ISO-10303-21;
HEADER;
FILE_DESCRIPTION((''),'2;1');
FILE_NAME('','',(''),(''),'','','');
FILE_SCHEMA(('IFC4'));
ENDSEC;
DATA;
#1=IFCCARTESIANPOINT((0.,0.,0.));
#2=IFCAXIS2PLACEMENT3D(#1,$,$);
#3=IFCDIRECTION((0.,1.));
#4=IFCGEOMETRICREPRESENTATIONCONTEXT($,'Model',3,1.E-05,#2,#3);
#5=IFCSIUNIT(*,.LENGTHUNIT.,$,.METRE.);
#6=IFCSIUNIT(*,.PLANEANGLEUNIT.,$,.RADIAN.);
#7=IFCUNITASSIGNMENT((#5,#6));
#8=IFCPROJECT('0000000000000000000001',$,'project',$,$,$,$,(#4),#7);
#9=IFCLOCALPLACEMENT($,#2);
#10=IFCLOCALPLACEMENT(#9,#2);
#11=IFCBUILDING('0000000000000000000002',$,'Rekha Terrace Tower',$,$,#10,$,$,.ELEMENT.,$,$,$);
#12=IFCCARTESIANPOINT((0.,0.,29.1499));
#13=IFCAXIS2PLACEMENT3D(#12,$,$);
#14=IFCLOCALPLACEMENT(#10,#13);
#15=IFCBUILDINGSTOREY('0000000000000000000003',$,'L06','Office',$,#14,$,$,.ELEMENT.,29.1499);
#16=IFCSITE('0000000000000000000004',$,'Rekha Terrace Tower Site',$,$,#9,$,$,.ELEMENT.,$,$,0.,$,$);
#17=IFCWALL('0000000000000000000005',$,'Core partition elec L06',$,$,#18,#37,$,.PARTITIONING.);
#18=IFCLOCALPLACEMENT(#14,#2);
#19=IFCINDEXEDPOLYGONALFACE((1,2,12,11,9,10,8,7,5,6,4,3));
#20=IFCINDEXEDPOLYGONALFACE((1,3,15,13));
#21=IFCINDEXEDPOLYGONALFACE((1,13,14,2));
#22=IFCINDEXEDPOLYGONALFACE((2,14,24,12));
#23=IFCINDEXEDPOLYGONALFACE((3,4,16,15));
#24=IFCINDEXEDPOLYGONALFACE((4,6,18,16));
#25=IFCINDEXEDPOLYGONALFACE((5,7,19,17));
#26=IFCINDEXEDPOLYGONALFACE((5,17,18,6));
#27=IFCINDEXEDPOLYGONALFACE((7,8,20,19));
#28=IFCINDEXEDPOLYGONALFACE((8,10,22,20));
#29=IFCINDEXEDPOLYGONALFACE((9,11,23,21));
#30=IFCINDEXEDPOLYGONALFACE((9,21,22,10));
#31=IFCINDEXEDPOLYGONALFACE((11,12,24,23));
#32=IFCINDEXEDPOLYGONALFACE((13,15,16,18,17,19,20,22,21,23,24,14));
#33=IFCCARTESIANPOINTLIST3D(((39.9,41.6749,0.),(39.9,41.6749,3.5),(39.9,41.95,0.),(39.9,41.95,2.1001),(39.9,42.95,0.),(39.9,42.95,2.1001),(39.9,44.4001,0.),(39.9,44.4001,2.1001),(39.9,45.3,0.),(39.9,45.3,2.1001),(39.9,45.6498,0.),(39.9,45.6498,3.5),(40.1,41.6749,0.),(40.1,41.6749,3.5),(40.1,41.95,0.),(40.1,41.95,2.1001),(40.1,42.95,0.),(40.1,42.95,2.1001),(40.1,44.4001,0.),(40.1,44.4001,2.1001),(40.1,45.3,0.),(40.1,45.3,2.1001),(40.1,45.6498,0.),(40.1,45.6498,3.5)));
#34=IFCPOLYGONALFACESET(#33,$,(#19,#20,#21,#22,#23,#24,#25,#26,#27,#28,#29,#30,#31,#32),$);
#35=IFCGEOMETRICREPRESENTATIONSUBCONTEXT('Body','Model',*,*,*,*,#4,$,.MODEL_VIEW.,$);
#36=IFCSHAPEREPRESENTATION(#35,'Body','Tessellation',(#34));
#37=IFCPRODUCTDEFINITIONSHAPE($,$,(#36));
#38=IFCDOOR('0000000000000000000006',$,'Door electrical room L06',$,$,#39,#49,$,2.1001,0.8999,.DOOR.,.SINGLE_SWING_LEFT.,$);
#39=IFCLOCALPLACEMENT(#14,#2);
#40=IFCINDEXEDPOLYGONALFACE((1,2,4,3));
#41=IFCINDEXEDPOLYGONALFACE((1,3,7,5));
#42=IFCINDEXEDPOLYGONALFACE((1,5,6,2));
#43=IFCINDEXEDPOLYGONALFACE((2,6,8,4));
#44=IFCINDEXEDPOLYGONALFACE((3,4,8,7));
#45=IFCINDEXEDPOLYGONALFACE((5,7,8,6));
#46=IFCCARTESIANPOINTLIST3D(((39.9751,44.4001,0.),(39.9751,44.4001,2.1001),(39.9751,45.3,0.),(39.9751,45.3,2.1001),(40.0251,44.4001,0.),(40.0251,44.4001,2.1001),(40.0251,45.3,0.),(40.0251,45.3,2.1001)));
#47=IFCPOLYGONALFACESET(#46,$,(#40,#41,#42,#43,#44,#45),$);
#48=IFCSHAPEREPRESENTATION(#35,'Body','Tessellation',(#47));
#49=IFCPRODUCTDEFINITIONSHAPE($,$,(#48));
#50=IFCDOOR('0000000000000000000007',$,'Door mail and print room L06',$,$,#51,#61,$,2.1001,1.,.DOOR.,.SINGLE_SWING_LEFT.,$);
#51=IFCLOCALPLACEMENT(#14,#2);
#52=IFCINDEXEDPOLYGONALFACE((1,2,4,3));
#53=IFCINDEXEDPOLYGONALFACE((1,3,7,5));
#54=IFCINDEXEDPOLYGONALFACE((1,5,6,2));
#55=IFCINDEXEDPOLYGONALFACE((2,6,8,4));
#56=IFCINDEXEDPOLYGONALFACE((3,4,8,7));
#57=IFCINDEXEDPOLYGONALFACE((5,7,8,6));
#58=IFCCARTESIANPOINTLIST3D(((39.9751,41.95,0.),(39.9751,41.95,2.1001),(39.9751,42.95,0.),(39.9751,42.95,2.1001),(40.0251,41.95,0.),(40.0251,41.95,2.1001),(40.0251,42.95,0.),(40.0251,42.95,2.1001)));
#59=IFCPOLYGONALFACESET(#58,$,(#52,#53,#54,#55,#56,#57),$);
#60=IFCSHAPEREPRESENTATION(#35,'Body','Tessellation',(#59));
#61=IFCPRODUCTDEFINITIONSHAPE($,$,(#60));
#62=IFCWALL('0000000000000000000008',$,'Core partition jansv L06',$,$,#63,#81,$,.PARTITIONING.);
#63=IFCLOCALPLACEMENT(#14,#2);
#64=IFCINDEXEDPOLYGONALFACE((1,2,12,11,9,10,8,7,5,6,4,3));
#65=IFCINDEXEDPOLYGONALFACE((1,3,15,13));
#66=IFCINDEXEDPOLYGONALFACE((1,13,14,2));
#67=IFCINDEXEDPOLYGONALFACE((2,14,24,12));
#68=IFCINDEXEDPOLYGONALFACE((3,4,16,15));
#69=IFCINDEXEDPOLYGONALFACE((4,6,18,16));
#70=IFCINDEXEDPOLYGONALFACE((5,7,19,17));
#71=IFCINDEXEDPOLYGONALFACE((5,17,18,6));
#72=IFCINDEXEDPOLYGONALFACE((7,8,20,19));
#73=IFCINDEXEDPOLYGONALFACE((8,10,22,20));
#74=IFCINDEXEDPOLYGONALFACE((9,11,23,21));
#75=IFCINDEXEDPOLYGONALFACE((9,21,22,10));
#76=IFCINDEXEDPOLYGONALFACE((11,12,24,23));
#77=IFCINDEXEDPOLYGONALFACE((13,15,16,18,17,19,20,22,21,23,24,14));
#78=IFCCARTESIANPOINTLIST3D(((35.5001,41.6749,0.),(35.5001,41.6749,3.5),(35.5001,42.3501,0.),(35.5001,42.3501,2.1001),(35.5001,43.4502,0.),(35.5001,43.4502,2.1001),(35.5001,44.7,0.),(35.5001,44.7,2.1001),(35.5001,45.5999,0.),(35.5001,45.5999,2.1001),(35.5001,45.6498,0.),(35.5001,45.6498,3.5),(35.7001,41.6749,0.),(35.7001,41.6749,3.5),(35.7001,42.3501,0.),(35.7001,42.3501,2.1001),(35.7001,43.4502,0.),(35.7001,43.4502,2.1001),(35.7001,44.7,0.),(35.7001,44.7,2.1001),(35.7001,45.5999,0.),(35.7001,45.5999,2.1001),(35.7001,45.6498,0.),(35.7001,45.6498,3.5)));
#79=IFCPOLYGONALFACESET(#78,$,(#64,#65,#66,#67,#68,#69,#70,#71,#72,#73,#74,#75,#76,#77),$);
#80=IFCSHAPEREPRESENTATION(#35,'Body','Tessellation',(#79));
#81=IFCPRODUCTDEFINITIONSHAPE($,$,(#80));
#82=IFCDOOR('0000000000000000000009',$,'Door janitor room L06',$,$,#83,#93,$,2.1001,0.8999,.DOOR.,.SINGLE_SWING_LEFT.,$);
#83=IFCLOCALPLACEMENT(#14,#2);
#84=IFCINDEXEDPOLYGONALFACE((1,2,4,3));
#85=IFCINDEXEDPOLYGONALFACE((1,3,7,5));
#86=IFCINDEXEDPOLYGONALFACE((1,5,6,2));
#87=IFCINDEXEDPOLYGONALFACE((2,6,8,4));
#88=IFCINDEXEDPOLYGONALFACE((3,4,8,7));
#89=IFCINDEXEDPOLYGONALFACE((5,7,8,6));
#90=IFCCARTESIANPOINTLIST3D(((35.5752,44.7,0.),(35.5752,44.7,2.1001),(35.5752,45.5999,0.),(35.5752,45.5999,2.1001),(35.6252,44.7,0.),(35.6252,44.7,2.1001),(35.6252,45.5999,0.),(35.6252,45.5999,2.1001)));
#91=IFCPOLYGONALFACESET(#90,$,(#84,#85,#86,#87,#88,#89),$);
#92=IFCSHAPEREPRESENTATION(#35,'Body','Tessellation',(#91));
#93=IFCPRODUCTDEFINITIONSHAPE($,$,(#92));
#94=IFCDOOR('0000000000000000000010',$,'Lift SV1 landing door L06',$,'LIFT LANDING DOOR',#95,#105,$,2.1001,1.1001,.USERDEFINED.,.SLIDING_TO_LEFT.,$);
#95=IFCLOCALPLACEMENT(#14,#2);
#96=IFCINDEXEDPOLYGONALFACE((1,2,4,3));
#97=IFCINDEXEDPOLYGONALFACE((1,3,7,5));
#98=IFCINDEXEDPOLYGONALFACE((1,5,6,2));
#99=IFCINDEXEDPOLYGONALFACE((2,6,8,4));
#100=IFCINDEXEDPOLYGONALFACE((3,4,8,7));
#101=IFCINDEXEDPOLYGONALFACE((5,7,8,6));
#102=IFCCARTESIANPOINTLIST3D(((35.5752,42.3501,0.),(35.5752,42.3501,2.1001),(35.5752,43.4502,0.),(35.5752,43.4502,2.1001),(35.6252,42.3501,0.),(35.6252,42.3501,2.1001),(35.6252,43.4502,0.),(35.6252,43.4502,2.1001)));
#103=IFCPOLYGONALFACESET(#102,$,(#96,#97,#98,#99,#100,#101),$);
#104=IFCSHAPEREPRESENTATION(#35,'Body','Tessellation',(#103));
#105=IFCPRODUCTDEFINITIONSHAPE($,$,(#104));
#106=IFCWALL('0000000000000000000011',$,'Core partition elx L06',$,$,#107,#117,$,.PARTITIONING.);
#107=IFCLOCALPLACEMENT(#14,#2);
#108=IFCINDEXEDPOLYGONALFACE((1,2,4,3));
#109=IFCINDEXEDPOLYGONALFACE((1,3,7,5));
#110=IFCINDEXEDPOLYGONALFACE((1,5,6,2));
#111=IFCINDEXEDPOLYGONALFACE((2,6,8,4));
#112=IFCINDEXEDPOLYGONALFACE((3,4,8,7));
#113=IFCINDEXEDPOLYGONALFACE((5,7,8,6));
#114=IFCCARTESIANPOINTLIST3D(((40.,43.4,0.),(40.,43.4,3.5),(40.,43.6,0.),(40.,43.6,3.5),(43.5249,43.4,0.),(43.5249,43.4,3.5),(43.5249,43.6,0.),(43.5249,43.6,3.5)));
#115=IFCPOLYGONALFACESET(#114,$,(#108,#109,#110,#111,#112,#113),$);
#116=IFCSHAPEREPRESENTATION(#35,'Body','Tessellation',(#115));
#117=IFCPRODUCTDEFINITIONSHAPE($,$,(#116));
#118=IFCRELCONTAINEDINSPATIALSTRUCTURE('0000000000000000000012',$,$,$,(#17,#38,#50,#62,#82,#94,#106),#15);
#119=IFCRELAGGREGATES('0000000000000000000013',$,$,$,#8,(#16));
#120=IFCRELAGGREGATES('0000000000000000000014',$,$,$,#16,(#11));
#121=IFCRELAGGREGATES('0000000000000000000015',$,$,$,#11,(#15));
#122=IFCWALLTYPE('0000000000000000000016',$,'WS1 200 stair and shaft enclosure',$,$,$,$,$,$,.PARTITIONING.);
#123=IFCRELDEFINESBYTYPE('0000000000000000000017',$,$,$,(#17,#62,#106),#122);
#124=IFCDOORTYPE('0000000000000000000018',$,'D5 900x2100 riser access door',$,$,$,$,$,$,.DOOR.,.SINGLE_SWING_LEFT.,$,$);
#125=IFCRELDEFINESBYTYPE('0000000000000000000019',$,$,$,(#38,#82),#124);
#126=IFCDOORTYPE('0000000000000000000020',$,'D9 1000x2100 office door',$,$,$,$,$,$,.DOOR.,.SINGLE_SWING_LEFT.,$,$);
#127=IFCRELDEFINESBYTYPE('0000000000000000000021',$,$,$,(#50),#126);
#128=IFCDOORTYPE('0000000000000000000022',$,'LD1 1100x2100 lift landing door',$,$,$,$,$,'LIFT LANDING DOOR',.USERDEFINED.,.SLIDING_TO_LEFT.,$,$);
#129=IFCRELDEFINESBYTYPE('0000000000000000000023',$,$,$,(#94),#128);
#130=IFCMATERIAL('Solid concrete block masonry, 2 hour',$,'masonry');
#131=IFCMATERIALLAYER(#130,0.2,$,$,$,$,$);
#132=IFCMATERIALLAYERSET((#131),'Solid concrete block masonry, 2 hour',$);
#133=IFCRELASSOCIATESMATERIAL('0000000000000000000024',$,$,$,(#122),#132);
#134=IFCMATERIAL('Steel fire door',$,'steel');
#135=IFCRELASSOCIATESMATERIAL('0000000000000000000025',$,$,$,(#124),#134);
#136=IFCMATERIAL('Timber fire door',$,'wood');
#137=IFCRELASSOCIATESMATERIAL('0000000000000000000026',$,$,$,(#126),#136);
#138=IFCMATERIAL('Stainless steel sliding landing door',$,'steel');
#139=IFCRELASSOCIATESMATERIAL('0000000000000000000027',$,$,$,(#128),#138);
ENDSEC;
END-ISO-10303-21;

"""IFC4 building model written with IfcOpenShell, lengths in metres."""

from ifc_helpers import new_model, si_unit, direction, frame, frame_2d, origin, place, context, subcontext, project, spatial, rectangle, extrude, material, layer, layer_set, type_object, element, fill, save


model = new_model("IFC4")

# Units and contexts
model_context = context("Model", 3, precision=1e-05, world=origin(), true_north=direction((0.0, 1.0)))
body_context = subcontext(model_context, "Body", "Model", "MODEL_VIEW")
ifc_project = project(units=[si_unit("LENGTHUNIT", "METRE"), si_unit("PLANEANGLEUNIT", "RADIAN")], contexts=[model_context])

# Site, building, storey
site_placement = place(None, origin())
site = spatial("IfcSite", under=ifc_project, at=site_placement, Name="Rekha Terrace Tower Site", CompositionType="ELEMENT", RefElevation=0.0)
building_placement = place(site_placement, origin())
building = spatial("IfcBuilding", under=site, at=building_placement, Name="Rekha Terrace Tower", CompositionType="ELEMENT")
storey_placement = place(building_placement, frame((0.0, 0.0, 29.1499)))
storey = spatial("IfcBuildingStorey", under=building, at=storey_placement, Name="L06", Description="Office", CompositionType="ELEMENT", Elevation=29.1499)

# Shared definitions
ifc_material_1 = material(Name="Stainless steel sliding landing door", Category="steel")
ifc_material_2 = material(Name="Steel fire door", Category="steel")

# Shared definitions
ifc_material_3 = material(Name="Solid concrete block masonry, 2 hour", Category="masonry")
ifc_layer_1 = layer(ifc_material_3, 0.2)
ifc_layer_set_1 = layer_set([ifc_layer_1], Name="Solid concrete block masonry, 2 hour")
wall_type_1 = type_object("IfcWallType", Name="WS1 200 stair and shaft enclosure", PredefinedType="PARTITIONING", material=ifc_layer_set_1)

# Walls, openings, doors
wall_1_placement = place(storey_placement, frame((40.0, 41.675, 0.0), z_axis=(0.0, 0.0, 1.0), x_axis=(0.0, 1.0, 0.0)))
wall_1 = element("IfcWall", 1, at=wall_1_placement, inside=storey, type_object=wall_type_1, Name="Core partition elec L06", PredefinedType="PARTITIONING", context=body_context, shape_type="SweptSolid", body=[
    extrude(rectangle(XDim=3.9749, YDim=0.2, at=frame_2d((1.9873, 0.0))), origin(), (0.0, 0.0, 1.0), 3.5),
])
opening_1_placement = place(wall_1_placement, frame((2.7251, 0.0, 0.0)))
opening_1 = element("IfcOpeningElement", 2, at=opening_1_placement, cuts=wall_1, PredefinedType="OPENING", context=body_context, shape_type="SweptSolid", body=[
    extrude(rectangle(XDim=0.8999, YDim=2.1001, at=frame_2d((0.45, 1.05))), frame((0.0, 0.1099, 0.0), z_axis=(0.0, -1.0, 0.0), x_axis=(1.0, 0.0, 0.0)), (0.0, 0.0, 1.0), 0.22),
])
opening_2_placement = place(wall_1_placement, frame((0.2749, 0.0, 0.0)))
opening_2 = element("IfcOpeningElement", 3, at=opening_2_placement, cuts=wall_1, PredefinedType="OPENING", context=body_context, shape_type="SweptSolid", body=[
    extrude(rectangle(XDim=1.0, YDim=2.1001, at=frame_2d((0.5, 1.05))), frame((0.0, 0.1099, 0.0), z_axis=(0.0, -1.0, 0.0), x_axis=(1.0, 0.0, 0.0)), (0.0, 0.0, 1.0), 0.22),
])
door_type_1 = type_object("IfcDoorType", Name="D5 900x2100 riser access door", OperationType="SINGLE_SWING_LEFT", PredefinedType="DOOR", material=ifc_material_2)
door_1_placement = place(opening_1_placement, origin())
door_1 = element("IfcDoor", 4, at=door_1_placement, inside=storey, type_object=door_type_1, Name="Door electrical room L06", OperationType="SINGLE_SWING_LEFT", OverallHeight=2.1001, OverallWidth=0.8999, PredefinedType="DOOR", context=body_context, shape_type="SweptSolid", body=[
    extrude(rectangle(XDim=0.8999, YDim=2.1001, at=frame_2d((0.45, 1.05))), frame((0.0, 0.0249, 0.0), z_axis=(0.0, -1.0, 0.0), x_axis=(1.0, 0.0, 0.0)), (0.0, 0.0, 1.0), 0.05),
])
fill(opening_1, door_1)
ifc_material_4 = material(Name="Timber fire door", Category="wood")
door_type_2 = type_object("IfcDoorType", Name="D9 1000x2100 office door", OperationType="SINGLE_SWING_LEFT", PredefinedType="DOOR", material=ifc_material_4)
door_2_placement = place(opening_2_placement, origin())
door_2 = element("IfcDoor", 5, at=door_2_placement, inside=storey, type_object=door_type_2, Name="Door mail and print room L06", OperationType="SINGLE_SWING_LEFT", OverallHeight=2.1001, OverallWidth=1.0, PredefinedType="DOOR", context=body_context, shape_type="SweptSolid", body=[
    extrude(rectangle(XDim=1.0, YDim=2.1001, at=frame_2d((0.5, 1.05))), frame((0.0, 0.0249, 0.0), z_axis=(0.0, -1.0, 0.0), x_axis=(1.0, 0.0, 0.0)), (0.0, 0.0, 1.0), 0.05),
])
fill(opening_2, door_2)
wall_2_placement = place(storey_placement, frame((35.6001, 41.675, 0.0), z_axis=(0.0, 0.0, 1.0), x_axis=(0.0, 1.0, 0.0)))
wall_2 = element("IfcWall", 6, at=wall_2_placement, inside=storey, type_object=wall_type_1, Name="Core partition jansv L06", PredefinedType="PARTITIONING", context=body_context, shape_type="SweptSolid", body=[
    extrude(rectangle(XDim=3.9749, YDim=0.2, at=frame_2d((1.9873, 0.0))), origin(), (0.0, 0.0, 1.0), 3.5),
])
opening_3_placement = place(wall_2_placement, frame((3.0249, 0.0, 0.0)))
opening_3 = element("IfcOpeningElement", 7, at=opening_3_placement, cuts=wall_2, PredefinedType="OPENING", context=body_context, shape_type="SweptSolid", body=[
    extrude(rectangle(XDim=0.8999, YDim=2.1001, at=frame_2d((0.45, 1.05))), frame((0.0, 0.1099, 0.0), z_axis=(0.0, -1.0, 0.0), x_axis=(1.0, 0.0, 0.0)), (0.0, 0.0, 1.0), 0.22),
])
opening_4_placement = place(wall_2_placement, frame((0.675, 0.0, 0.0)))
opening_4 = element("IfcOpeningElement", 8, at=opening_4_placement, cuts=wall_2, PredefinedType="OPENING", context=body_context, shape_type="SweptSolid", body=[
    extrude(rectangle(XDim=1.1001, YDim=2.1001, at=frame_2d((0.55, 1.05))), frame((0.0, 0.1099, 0.0), z_axis=(0.0, -1.0, 0.0), x_axis=(1.0, 0.0, 0.0)), (0.0, 0.0, 1.0), 0.22),
])
door_3_placement = place(opening_3_placement, origin())
door_3 = element("IfcDoor", 9, at=door_3_placement, inside=storey, type_object=door_type_1, Name="Door janitor room L06", OperationType="SINGLE_SWING_LEFT", OverallHeight=2.1001, OverallWidth=0.8999, PredefinedType="DOOR", context=body_context, shape_type="SweptSolid", body=[
    extrude(rectangle(XDim=0.8999, YDim=2.1001, at=frame_2d((0.45, 1.05))), frame((0.0, 0.0249, 0.0), z_axis=(0.0, -1.0, 0.0), x_axis=(1.0, 0.0, 0.0)), (0.0, 0.0, 1.0), 0.05),
])
fill(opening_3, door_3)
door_type_3 = type_object("IfcDoorType", Name="LD1 1100x2100 lift landing door", ElementType="LIFT LANDING DOOR", OperationType="SLIDING_TO_LEFT", PredefinedType="USERDEFINED", material=ifc_material_1)
door_4_placement = place(opening_4_placement, origin())
door_4 = element("IfcDoor", 10, at=door_4_placement, inside=storey, type_object=door_type_3, Name="Lift SV1 landing door L06", ObjectType="LIFT LANDING DOOR", OperationType="SLIDING_TO_LEFT", OverallHeight=2.1001, OverallWidth=1.1001, PredefinedType="USERDEFINED", context=body_context, shape_type="SweptSolid", body=[
    extrude(rectangle(XDim=1.1001, YDim=2.1001, at=frame_2d((0.55, 1.05))), frame((0.0, 0.0249, 0.0), z_axis=(0.0, -1.0, 0.0), x_axis=(1.0, 0.0, 0.0)), (0.0, 0.0, 1.0), 0.05),
])
fill(opening_4, door_4)

# Wall
wall_3_placement = place(storey_placement, frame((40.0, 43.5, 0.0), z_axis=(0.0, 0.0, 1.0), x_axis=(1.0, 0.0, 0.0)))
element("IfcWall", 11, at=wall_3_placement, inside=storey, type_object=wall_type_1, Name="Core partition elx L06", PredefinedType="PARTITIONING", context=body_context, shape_type="SweptSolid", body=[
    extrude(rectangle(XDim=3.5249, YDim=0.2, at=frame_2d((1.7625, 0.0))), origin(), (0.0, 0.0, 1.0), 3.5),
])

save(model, "model.ifc")
